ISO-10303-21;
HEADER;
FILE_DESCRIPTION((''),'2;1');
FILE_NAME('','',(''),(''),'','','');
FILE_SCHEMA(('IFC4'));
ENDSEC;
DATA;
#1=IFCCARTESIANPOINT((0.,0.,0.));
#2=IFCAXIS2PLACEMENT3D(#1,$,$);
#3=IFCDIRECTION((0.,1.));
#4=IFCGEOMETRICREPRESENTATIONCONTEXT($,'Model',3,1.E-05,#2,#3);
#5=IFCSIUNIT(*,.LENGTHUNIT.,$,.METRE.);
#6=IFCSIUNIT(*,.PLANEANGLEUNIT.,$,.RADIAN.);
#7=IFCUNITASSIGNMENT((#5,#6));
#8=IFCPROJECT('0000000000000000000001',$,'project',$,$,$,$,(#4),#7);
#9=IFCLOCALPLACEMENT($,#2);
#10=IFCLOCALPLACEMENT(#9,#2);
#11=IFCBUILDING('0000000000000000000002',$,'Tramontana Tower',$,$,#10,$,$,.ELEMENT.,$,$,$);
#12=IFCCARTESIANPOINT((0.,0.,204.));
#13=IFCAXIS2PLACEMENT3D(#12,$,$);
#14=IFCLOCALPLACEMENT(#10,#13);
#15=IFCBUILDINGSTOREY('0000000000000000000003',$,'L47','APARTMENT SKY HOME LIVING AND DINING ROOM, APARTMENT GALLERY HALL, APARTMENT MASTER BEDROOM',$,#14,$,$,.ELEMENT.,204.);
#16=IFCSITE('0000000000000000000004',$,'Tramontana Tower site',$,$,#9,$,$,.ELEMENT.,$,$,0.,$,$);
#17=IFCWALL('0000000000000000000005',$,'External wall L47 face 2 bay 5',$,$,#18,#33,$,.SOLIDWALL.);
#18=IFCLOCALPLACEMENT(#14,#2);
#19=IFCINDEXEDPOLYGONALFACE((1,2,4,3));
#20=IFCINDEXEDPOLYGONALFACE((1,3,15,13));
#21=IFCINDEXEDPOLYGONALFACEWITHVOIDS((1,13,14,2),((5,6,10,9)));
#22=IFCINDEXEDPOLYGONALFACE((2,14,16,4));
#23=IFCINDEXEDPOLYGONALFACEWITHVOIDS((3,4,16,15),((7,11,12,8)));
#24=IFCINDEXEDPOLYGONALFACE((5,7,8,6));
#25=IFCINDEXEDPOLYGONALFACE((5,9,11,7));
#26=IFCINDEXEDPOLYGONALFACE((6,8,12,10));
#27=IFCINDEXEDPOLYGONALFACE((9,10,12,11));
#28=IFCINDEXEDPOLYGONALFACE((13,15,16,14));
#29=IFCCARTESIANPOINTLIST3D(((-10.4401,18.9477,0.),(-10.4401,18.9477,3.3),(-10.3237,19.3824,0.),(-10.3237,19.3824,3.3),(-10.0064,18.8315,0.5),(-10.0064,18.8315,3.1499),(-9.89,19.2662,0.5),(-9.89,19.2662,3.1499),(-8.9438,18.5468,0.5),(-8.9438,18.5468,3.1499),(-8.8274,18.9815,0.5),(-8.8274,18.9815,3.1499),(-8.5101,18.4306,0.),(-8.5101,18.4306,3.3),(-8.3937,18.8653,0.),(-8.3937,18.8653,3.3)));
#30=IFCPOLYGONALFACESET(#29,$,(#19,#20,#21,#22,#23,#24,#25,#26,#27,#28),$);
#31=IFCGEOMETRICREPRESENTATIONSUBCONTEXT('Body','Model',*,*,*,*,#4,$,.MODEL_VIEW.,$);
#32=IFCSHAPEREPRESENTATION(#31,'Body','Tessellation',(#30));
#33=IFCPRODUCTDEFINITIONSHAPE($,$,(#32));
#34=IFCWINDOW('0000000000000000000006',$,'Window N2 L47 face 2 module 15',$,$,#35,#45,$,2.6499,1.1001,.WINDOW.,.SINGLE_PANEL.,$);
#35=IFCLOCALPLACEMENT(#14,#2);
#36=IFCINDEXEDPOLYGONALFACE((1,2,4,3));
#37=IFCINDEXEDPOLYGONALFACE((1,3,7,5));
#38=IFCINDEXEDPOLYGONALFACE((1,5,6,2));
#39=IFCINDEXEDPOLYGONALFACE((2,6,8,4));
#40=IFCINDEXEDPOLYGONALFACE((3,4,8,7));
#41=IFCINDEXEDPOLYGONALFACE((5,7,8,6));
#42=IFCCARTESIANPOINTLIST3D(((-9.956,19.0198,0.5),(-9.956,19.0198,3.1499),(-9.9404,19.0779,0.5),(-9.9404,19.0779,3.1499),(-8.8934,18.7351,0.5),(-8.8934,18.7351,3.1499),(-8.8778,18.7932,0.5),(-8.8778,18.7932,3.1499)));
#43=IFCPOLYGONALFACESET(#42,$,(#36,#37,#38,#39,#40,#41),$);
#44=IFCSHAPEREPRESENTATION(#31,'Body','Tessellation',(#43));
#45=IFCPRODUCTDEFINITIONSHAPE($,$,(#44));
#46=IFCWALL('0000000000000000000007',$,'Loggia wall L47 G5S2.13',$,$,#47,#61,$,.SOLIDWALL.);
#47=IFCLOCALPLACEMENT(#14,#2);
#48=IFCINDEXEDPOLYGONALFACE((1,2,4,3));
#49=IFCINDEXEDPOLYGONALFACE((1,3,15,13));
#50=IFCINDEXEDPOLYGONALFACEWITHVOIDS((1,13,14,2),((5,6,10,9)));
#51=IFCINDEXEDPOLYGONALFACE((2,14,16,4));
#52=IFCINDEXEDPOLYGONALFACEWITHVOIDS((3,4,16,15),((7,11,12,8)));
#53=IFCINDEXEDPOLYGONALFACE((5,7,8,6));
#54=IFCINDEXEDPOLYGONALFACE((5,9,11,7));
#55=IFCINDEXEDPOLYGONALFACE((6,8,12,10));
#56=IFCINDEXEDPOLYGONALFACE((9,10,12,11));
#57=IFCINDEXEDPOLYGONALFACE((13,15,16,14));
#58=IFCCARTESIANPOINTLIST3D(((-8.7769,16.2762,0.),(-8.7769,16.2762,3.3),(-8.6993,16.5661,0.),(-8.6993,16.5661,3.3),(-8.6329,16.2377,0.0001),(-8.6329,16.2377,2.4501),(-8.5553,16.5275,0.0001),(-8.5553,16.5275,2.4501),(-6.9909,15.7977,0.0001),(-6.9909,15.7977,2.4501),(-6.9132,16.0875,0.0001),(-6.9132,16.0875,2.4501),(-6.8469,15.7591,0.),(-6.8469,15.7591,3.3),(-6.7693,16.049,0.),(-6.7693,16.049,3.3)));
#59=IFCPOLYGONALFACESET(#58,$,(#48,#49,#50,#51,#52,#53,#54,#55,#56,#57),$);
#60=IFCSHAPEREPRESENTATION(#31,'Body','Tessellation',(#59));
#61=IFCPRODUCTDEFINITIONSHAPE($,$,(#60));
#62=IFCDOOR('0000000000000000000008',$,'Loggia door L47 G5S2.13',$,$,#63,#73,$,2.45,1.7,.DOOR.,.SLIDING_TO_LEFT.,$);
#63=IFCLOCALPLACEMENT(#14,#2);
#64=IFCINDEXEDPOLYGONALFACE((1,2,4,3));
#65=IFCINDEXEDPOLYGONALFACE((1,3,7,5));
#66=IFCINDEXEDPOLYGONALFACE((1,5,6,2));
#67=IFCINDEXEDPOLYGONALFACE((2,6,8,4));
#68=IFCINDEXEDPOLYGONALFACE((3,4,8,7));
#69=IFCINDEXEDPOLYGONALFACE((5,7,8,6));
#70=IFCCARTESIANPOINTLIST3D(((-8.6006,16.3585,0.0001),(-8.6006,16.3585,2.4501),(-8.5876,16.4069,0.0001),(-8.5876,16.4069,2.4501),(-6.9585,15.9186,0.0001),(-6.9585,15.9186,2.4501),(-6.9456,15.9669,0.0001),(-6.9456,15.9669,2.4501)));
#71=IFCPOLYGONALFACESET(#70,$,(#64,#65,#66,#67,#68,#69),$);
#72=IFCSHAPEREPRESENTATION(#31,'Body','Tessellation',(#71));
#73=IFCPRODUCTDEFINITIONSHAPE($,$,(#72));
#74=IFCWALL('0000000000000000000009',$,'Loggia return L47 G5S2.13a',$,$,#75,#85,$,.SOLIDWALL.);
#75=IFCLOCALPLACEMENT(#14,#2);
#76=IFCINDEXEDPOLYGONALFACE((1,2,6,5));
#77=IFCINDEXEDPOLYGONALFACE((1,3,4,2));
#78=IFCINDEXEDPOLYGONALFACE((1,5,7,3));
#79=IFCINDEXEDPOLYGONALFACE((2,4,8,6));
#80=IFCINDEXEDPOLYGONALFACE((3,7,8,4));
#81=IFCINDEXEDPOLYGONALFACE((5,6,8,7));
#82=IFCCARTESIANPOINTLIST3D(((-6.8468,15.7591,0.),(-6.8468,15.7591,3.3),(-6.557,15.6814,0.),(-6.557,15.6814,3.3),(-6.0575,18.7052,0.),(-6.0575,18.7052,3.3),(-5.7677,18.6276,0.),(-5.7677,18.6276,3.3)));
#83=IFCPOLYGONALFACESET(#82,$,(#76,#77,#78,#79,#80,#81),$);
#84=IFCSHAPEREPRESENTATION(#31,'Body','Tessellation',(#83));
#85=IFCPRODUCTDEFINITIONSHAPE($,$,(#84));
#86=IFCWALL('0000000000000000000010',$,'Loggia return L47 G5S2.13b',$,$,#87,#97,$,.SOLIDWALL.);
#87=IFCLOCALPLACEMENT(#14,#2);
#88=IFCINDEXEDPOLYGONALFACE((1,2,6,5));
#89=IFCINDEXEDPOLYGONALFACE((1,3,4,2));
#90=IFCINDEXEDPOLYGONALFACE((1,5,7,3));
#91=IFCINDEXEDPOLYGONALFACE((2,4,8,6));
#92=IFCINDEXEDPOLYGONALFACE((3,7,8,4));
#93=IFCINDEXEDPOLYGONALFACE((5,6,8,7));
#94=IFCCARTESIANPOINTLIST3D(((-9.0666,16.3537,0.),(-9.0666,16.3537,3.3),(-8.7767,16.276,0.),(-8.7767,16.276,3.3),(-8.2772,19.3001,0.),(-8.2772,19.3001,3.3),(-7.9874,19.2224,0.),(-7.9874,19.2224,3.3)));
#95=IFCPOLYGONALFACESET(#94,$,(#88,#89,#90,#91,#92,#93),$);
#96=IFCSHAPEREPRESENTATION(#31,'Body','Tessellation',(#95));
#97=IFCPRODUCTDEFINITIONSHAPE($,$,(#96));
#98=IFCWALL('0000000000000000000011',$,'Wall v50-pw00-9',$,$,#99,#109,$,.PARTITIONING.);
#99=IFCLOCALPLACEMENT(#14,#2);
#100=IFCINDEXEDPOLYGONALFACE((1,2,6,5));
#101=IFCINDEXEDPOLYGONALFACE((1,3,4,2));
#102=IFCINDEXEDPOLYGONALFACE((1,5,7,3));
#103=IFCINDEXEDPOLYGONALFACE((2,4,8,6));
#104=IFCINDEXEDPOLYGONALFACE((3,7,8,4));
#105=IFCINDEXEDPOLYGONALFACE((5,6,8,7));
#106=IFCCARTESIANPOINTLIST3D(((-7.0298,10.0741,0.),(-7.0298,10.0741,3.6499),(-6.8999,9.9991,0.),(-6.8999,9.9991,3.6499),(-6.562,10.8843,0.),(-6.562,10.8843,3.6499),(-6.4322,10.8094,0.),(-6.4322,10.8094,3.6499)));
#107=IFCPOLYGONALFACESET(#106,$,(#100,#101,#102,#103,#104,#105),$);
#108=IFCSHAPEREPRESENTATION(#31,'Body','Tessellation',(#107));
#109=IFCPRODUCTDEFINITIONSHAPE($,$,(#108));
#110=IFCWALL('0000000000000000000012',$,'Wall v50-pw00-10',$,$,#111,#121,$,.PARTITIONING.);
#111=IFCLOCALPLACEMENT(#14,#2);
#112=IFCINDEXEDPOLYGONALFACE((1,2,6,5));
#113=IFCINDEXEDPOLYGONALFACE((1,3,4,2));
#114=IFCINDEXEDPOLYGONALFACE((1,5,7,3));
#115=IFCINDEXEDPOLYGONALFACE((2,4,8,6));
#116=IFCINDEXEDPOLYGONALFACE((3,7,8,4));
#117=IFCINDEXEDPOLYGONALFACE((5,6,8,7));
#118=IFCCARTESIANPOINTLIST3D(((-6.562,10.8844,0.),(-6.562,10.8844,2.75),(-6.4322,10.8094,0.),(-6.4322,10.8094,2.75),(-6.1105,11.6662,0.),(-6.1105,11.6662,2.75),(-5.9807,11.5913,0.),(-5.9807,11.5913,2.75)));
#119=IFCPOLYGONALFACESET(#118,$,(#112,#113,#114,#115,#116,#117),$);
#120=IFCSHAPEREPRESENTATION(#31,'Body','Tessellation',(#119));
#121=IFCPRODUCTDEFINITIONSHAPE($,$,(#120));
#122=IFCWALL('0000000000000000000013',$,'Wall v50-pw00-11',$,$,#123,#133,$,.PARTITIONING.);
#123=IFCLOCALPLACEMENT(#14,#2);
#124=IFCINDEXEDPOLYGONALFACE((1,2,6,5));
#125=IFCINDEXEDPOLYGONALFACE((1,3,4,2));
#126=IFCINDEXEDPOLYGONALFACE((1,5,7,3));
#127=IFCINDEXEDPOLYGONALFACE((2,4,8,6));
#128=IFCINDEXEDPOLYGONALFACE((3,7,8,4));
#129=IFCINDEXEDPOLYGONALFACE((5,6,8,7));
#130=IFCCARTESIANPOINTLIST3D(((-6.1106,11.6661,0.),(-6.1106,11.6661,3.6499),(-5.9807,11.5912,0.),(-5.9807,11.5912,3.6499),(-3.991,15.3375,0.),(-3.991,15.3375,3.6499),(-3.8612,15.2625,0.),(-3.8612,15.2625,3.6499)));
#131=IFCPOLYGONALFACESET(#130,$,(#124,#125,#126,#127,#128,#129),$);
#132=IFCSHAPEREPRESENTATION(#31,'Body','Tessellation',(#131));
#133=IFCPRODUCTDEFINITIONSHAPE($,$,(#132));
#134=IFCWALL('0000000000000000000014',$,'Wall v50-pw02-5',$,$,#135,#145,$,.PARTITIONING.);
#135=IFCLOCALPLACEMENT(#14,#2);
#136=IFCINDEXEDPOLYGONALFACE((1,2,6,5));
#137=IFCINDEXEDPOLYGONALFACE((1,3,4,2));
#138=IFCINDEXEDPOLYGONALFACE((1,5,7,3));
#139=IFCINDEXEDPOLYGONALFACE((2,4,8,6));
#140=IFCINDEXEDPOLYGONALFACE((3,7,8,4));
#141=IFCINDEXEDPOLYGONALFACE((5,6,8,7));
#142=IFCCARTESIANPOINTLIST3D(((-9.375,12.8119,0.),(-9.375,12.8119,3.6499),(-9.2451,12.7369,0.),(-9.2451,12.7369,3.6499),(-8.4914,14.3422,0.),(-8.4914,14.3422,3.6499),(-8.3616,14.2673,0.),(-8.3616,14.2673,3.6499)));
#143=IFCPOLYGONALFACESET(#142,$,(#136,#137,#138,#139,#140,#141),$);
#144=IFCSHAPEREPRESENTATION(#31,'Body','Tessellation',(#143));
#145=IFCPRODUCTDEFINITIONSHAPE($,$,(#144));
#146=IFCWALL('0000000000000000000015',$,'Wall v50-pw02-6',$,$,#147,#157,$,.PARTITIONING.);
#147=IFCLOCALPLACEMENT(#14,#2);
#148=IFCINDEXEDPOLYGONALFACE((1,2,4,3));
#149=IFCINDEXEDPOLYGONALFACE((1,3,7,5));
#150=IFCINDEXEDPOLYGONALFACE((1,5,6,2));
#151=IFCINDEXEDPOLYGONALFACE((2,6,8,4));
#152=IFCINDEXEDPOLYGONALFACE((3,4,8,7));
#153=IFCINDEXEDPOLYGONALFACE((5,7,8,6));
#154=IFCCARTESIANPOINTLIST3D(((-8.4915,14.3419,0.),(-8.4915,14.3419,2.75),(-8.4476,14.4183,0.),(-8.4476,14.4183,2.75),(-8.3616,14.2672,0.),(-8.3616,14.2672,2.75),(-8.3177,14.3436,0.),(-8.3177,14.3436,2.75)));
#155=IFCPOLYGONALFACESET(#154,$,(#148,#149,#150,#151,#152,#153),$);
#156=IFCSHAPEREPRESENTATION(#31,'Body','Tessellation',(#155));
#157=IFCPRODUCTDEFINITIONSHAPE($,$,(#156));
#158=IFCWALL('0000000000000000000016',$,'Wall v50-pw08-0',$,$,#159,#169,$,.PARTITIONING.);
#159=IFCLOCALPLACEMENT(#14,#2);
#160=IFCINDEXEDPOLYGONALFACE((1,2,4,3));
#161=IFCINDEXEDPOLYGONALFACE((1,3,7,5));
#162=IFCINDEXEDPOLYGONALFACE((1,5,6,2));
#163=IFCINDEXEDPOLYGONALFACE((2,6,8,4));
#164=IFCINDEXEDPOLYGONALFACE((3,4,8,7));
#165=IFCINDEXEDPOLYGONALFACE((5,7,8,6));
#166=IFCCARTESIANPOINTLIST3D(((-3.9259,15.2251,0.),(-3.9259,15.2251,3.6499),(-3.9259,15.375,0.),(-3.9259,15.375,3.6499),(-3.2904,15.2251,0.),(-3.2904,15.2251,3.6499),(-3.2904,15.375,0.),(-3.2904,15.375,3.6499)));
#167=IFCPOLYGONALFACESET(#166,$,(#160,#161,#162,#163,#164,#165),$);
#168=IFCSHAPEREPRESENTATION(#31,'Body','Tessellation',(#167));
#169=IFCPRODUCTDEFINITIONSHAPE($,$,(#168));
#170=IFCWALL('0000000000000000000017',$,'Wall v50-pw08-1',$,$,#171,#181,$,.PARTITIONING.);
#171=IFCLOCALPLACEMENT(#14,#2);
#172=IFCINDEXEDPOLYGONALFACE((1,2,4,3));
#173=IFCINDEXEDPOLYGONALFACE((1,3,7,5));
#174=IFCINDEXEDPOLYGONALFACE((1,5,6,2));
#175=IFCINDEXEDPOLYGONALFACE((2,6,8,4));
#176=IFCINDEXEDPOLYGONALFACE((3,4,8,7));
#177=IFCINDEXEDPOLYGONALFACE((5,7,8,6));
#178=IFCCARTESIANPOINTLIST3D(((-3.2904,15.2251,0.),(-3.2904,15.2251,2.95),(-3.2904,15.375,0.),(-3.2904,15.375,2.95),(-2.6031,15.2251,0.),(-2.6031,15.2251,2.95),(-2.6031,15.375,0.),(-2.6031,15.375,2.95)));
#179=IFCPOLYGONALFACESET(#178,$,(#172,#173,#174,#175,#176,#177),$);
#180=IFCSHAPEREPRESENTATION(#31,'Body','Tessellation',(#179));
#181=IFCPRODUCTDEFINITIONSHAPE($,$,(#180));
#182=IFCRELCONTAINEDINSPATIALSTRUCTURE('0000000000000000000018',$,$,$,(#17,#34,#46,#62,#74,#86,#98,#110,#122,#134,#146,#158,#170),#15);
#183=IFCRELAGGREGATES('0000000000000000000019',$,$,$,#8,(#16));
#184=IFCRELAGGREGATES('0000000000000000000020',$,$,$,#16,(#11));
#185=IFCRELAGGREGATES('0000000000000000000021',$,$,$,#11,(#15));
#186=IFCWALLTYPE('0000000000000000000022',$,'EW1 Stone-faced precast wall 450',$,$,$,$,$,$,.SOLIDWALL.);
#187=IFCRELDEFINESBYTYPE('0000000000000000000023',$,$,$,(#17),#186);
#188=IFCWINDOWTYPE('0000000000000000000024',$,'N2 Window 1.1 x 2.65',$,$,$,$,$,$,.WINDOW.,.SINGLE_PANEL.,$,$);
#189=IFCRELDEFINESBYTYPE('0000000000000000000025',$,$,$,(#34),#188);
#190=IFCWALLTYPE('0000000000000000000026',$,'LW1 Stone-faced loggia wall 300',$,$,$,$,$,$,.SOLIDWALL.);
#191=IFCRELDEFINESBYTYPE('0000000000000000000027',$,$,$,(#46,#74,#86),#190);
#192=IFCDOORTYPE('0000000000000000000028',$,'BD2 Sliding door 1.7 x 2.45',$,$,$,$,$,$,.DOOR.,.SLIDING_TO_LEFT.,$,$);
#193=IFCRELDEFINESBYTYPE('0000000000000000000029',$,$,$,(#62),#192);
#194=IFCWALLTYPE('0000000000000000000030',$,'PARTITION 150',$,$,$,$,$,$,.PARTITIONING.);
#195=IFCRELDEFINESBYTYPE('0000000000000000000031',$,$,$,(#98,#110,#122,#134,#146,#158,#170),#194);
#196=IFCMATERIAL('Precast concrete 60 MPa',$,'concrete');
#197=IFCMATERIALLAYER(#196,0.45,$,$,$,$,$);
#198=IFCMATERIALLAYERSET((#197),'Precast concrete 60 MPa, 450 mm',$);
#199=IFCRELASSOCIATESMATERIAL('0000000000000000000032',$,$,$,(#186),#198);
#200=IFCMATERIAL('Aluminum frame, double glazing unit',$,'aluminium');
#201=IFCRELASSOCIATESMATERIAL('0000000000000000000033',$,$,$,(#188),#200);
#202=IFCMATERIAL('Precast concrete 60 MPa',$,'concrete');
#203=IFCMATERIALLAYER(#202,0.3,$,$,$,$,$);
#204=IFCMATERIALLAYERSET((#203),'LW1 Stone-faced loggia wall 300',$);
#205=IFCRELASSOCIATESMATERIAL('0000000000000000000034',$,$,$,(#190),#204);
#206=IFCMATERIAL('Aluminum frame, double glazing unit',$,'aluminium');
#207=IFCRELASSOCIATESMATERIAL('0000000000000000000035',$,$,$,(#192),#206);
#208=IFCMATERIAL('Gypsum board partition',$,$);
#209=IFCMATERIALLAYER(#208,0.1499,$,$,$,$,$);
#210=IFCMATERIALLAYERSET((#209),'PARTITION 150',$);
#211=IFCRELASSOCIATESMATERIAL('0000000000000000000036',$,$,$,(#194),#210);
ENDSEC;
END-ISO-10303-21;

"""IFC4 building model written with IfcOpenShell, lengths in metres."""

from ifc_helpers import new_model, si_unit, direction, frame, frame_2d, origin, place, context, subcontext, project, spatial, rectangle, extrude, material, layer, layer_set, type_object, element, fill, save


model = new_model("IFC4")

# Units and contexts
model_context = context("Model", 3, precision=1e-05, world=origin(), true_north=direction((0.0, 1.0)))
body_context = subcontext(model_context, "Body", "Model", "MODEL_VIEW")
ifc_project = project(units=[si_unit("LENGTHUNIT", "METRE"), si_unit("PLANEANGLEUNIT", "RADIAN")], contexts=[model_context])

# Site, building, storey
site_placement = place(None, origin())
site = spatial("IfcSite", under=ifc_project, at=site_placement, Name="Tramontana Tower site", CompositionType="ELEMENT", RefElevation=0.0)
building_placement = place(site_placement, origin())
building = spatial("IfcBuilding", under=site, at=building_placement, Name="Tramontana Tower", CompositionType="ELEMENT")
storey_placement = place(building_placement, frame((0.0, 0.0, 204.0)))
storey = spatial("IfcBuildingStorey", under=building, at=storey_placement, Name="L47", Description="APARTMENT SKY HOME LIVING AND DINING ROOM, APARTMENT GALLERY HALL, APARTMENT MASTER BEDROOM", CompositionType="ELEMENT", Elevation=204.0)

# Wall, opening, window
ifc_material_1 = material(Name="Precast concrete 60 MPa", Category="concrete")
ifc_layer_1 = layer(ifc_material_1, 0.45)
ifc_layer_set_1 = layer_set([ifc_layer_1], Name="Precast concrete 60 MPa, 450 mm")
wall_type_1 = type_object("IfcWallType", Name="EW1 Stone-faced precast wall 450", PredefinedType="SOLIDWALL", material=ifc_layer_set_1)
wall_1_placement = place(storey_placement, frame((-8.4519, 18.6479, 0.0), z_axis=(0.0, 0.0, 1.0), x_axis=(-0.96593, 0.258803, 0.0)))
wall_1 = element("IfcWall", 1, at=wall_1_placement, inside=storey, type_object=wall_type_1, Name="External wall L47 face 2 bay 5", PredefinedType="SOLIDWALL", context=body_context, shape_type="SweptSolid", body=[
    extrude(rectangle(XDim=1.998, YDim=0.45, at=frame_2d((0.999, 0.0))), origin(), (0.0, 0.0, 1.0), 3.3),
])
opening_1_placement = place(wall_1_placement, frame((0.449, 0.0, 0.5)))
opening_1 = element("IfcOpeningElement", 2, at=opening_1_placement, cuts=wall_1, PredefinedType="OPENING", context=body_context, shape_type="SweptSolid", body=[
    extrude(rectangle(XDim=1.1001, YDim=2.6499, at=frame_2d((0.55, 1.325))), frame((0.0, 0.2349, 0.0), z_axis=(0.0, -1.0, 0.0), x_axis=(1.0, 0.0, 0.0)), (0.0, 0.0, 1.0), 0.47),
])
ifc_material_2 = material(Name="Aluminum frame, double glazing unit", Category="aluminium")
window_type_1 = type_object("IfcWindowType", Name="N2 Window 1.1 x 2.65", PartitioningType="SINGLE_PANEL", PredefinedType="WINDOW", material=ifc_material_2)
window_1_placement = place(opening_1_placement, origin())
window_1 = element("IfcWindow", 3, at=window_1_placement, inside=storey, type_object=window_type_1, Name="Window N2 L47 face 2 module 15", OverallHeight=2.6499, OverallWidth=1.1001, PartitioningType="SINGLE_PANEL", PredefinedType="WINDOW", context=body_context, shape_type="SweptSolid", body=[
    extrude(rectangle(XDim=1.1001, YDim=2.6499, at=frame_2d((0.55, 1.325))), frame((0.0, 0.03, 0.0), z_axis=(0.0, -1.0, 0.0), x_axis=(1.0, 0.0, 0.0)), (0.0, 0.0, 1.0), 0.0601),
])
fill(opening_1, window_1)

# Wall, opening, door
ifc_material_3 = material(Name="Precast concrete 60 MPa", Category="concrete")
ifc_layer_2 = layer(ifc_material_3, 0.3)
ifc_layer_set_2 = layer_set([ifc_layer_2], Name="LW1 Stone-faced loggia wall 300")
wall_type_2 = type_object("IfcWallType", Name="LW1 Stone-faced loggia wall 300", PredefinedType="SOLIDWALL", material=ifc_layer_set_2)
wall_2_placement = place(storey_placement, frame((-6.8081, 15.9041, 0.0), z_axis=(0.0, 0.0, 1.0), x_axis=(-0.96593, 0.258803, 0.0)))
wall_2 = element("IfcWall", 4, at=wall_2_placement, inside=storey, type_object=wall_type_2, Name="Loggia wall L47 G5S2.13", PredefinedType="SOLIDWALL", context=body_context, shape_type="SweptSolid", body=[
    extrude(rectangle(XDim=1.998, YDim=0.3, at=frame_2d((0.999, 0.0))), origin(), (0.0, 0.0, 1.0), 3.3),
])
opening_2_placement = place(wall_2_placement, frame((0.1489, 0.0, 0.0)))
opening_2 = element("IfcOpeningElement", 5, at=opening_2_placement, cuts=wall_2, PredefinedType="OPENING", context=body_context, shape_type="SweptSolid", body=[
    extrude(rectangle(XDim=1.7, YDim=2.45, at=frame_2d((0.8501, 1.2251))), frame((0.0, 0.1599, 0.0), z_axis=(0.0, -1.0, 0.0), x_axis=(1.0, 0.0, 0.0)), (0.0, 0.0, 1.0), 0.3201),
])
ifc_material_4 = material(Name="Aluminum frame, double glazing unit", Category="aluminium")
door_type_1 = type_object("IfcDoorType", Name="BD2 Sliding door 1.7 x 2.45", OperationType="SLIDING_TO_LEFT", PredefinedType="DOOR", material=ifc_material_4)
door_1_placement = place(opening_2_placement, origin())
door_1 = element("IfcDoor", 6, at=door_1_placement, inside=storey, type_object=door_type_1, Name="Loggia door L47 G5S2.13", OperationType="SLIDING_TO_LEFT", OverallHeight=2.45, OverallWidth=1.7, PredefinedType="DOOR", context=body_context, shape_type="SweptSolid", body=[
    extrude(rectangle(XDim=1.7, YDim=2.45, at=frame_2d((0.8501, 1.2251))), frame((0.0, 0.0249, 0.0), z_axis=(0.0, -1.0, 0.0), x_axis=(1.0, 0.0, 0.0)), (0.0, 0.0, 1.0), 0.05),
])
fill(opening_2, door_1)

# Walls
wall_3_placement = place(storey_placement, frame((-5.9126, 18.6663, 0.0), z_axis=(0.0, 0.0, 1.0), x_axis=(-0.258793, -0.965933, 0.0)))
element("IfcWall", 7, at=wall_3_placement, inside=storey, type_object=wall_type_2, Name="Loggia return L47 G5S2.13a", PredefinedType="SOLIDWALL", context=body_context, shape_type="SweptSolid", body=[
    extrude(rectangle(XDim=3.05, YDim=0.3, at=frame_2d((1.5249, 0.0))), origin(), (0.0, 0.0, 1.0), 3.3),
])
wall_4_placement = place(storey_placement, frame((-8.1323, 19.2612, 0.0), z_axis=(0.0, 0.0, 1.0), x_axis=(-0.258773, -0.965938, 0.0)))
element("IfcWall", 8, at=wall_4_placement, inside=storey, type_object=wall_type_2, Name="Loggia return L47 G5S2.13b", PredefinedType="SOLIDWALL", context=body_context, shape_type="SweptSolid", body=[
    extrude(rectangle(XDim=3.0503, YDim=0.3, at=frame_2d((1.5251, 0.0))), origin(), (0.0, 0.0, 1.0), 3.3),
])
ifc_material_5 = material(Name="Gypsum board partition")
ifc_layer_3 = layer(ifc_material_5, 0.1499)
ifc_layer_set_3 = layer_set([ifc_layer_3], Name="PARTITION 150")
wall_type_3 = type_object("IfcWallType", Name="PARTITION 150", PredefinedType="PARTITIONING", material=ifc_layer_set_3)
wall_5_placement = place(storey_placement, frame((-6.9648, 10.0366, 0.0), z_axis=(0.0, 0.0, 1.0), x_axis=(0.499956, 0.866051, 0.0)))
element("IfcWall", 9, at=wall_5_placement, inside=storey, type_object=wall_type_3, Name="Wall v50-pw00-9", PredefinedType="PARTITIONING", context=body_context, shape_type="SweptSolid", body=[
    extrude(rectangle(XDim=0.9355, YDim=0.1499, at=frame_2d((0.4678, 0.0))), origin(), (0.0, 0.0, 1.0), 3.6499),
])
wall_6_placement = place(storey_placement, frame((-6.4971, 10.8469, 0.0), z_axis=(0.0, 0.0, 1.0), x_axis=(0.500066, 0.865987, 0.0)))
element("IfcWall", 10, at=wall_6_placement, inside=storey, type_object=wall_type_3, Name="Wall v50-pw00-10", PredefinedType="PARTITIONING", context=body_context, shape_type="SweptSolid", body=[
    extrude(rectangle(XDim=0.9028, YDim=0.1499, at=frame_2d((0.4514, 0.0))), origin(), (0.0, 0.0, 1.0), 2.75),
])
wall_7_placement = place(storey_placement, frame((-6.0457, 11.6287, 0.0), z_axis=(0.0, 0.0, 1.0), x_axis=(0.499992, 0.86603, 0.0)))
element("IfcWall", 11, at=wall_7_placement, inside=storey, type_object=wall_type_3, Name="Wall v50-pw00-11", PredefinedType="PARTITIONING", context=body_context, shape_type="SweptSolid", body=[
    extrude(rectangle(XDim=4.2393, YDim=0.1499, at=frame_2d((2.1196, 0.0))), origin(), (0.0, 0.0, 1.0), 3.6499),
])

# Walls
wall_8_placement = place(storey_placement, frame((-9.3101, 12.7744, 0.0), z_axis=(0.0, 0.0, 1.0), x_axis=(0.500017, 0.866015, 0.0)))
element("IfcWall", 12, at=wall_8_placement, inside=storey, type_object=wall_type_3, Name="Wall v50-pw02-5", PredefinedType="PARTITIONING", context=body_context, shape_type="SweptSolid", body=[
    extrude(rectangle(XDim=1.7671, YDim=0.1499, at=frame_2d((0.8835, 0.0))), origin(), (0.0, 0.0, 1.0), 3.6499),
])
wall_9_placement = place(storey_placement, frame((-8.4265, 14.3047, 0.0), z_axis=(0.0, 0.0, 1.0), x_axis=(0.498523, 0.866876, 0.0)))
element("IfcWall", 13, at=wall_9_placement, inside=storey, type_object=wall_type_3, Name="Wall v50-pw02-6", PredefinedType="PARTITIONING", context=body_context, shape_type="SweptSolid", body=[
    extrude(rectangle(XDim=0.0881, YDim=0.1499, at=frame_2d((0.0439, 0.0))), origin(), (0.0, 0.0, 1.0), 2.75),
])
wall_10_placement = place(storey_placement, frame((-3.926, 15.3, 0.0), z_axis=(0.0, 0.0, 1.0), x_axis=(1.0, 0.0, 0.0)))
element("IfcWall", 14, at=wall_10_placement, inside=storey, type_object=wall_type_3, Name="Wall v50-pw08-0", PredefinedType="PARTITIONING", context=body_context, shape_type="SweptSolid", body=[
    extrude(rectangle(XDim=0.6355, YDim=0.1499, at=frame_2d((0.3179, 0.0))), origin(), (0.0, 0.0, 1.0), 3.6499),
])
wall_11_placement = place(storey_placement, frame((-3.2905, 15.3, 0.0), z_axis=(0.0, 0.0, 1.0), x_axis=(1.0, 0.0, 0.0)))
element("IfcWall", 15, at=wall_11_placement, inside=storey, type_object=wall_type_3, Name="Wall v50-pw08-1", PredefinedType="PARTITIONING", context=body_context, shape_type="SweptSolid", body=[
    extrude(rectangle(XDim=0.6873, YDim=0.1499, at=frame_2d((0.3438, 0.0))), origin(), (0.0, 0.0, 1.0), 2.95),
])

save(model, "model.ifc")
